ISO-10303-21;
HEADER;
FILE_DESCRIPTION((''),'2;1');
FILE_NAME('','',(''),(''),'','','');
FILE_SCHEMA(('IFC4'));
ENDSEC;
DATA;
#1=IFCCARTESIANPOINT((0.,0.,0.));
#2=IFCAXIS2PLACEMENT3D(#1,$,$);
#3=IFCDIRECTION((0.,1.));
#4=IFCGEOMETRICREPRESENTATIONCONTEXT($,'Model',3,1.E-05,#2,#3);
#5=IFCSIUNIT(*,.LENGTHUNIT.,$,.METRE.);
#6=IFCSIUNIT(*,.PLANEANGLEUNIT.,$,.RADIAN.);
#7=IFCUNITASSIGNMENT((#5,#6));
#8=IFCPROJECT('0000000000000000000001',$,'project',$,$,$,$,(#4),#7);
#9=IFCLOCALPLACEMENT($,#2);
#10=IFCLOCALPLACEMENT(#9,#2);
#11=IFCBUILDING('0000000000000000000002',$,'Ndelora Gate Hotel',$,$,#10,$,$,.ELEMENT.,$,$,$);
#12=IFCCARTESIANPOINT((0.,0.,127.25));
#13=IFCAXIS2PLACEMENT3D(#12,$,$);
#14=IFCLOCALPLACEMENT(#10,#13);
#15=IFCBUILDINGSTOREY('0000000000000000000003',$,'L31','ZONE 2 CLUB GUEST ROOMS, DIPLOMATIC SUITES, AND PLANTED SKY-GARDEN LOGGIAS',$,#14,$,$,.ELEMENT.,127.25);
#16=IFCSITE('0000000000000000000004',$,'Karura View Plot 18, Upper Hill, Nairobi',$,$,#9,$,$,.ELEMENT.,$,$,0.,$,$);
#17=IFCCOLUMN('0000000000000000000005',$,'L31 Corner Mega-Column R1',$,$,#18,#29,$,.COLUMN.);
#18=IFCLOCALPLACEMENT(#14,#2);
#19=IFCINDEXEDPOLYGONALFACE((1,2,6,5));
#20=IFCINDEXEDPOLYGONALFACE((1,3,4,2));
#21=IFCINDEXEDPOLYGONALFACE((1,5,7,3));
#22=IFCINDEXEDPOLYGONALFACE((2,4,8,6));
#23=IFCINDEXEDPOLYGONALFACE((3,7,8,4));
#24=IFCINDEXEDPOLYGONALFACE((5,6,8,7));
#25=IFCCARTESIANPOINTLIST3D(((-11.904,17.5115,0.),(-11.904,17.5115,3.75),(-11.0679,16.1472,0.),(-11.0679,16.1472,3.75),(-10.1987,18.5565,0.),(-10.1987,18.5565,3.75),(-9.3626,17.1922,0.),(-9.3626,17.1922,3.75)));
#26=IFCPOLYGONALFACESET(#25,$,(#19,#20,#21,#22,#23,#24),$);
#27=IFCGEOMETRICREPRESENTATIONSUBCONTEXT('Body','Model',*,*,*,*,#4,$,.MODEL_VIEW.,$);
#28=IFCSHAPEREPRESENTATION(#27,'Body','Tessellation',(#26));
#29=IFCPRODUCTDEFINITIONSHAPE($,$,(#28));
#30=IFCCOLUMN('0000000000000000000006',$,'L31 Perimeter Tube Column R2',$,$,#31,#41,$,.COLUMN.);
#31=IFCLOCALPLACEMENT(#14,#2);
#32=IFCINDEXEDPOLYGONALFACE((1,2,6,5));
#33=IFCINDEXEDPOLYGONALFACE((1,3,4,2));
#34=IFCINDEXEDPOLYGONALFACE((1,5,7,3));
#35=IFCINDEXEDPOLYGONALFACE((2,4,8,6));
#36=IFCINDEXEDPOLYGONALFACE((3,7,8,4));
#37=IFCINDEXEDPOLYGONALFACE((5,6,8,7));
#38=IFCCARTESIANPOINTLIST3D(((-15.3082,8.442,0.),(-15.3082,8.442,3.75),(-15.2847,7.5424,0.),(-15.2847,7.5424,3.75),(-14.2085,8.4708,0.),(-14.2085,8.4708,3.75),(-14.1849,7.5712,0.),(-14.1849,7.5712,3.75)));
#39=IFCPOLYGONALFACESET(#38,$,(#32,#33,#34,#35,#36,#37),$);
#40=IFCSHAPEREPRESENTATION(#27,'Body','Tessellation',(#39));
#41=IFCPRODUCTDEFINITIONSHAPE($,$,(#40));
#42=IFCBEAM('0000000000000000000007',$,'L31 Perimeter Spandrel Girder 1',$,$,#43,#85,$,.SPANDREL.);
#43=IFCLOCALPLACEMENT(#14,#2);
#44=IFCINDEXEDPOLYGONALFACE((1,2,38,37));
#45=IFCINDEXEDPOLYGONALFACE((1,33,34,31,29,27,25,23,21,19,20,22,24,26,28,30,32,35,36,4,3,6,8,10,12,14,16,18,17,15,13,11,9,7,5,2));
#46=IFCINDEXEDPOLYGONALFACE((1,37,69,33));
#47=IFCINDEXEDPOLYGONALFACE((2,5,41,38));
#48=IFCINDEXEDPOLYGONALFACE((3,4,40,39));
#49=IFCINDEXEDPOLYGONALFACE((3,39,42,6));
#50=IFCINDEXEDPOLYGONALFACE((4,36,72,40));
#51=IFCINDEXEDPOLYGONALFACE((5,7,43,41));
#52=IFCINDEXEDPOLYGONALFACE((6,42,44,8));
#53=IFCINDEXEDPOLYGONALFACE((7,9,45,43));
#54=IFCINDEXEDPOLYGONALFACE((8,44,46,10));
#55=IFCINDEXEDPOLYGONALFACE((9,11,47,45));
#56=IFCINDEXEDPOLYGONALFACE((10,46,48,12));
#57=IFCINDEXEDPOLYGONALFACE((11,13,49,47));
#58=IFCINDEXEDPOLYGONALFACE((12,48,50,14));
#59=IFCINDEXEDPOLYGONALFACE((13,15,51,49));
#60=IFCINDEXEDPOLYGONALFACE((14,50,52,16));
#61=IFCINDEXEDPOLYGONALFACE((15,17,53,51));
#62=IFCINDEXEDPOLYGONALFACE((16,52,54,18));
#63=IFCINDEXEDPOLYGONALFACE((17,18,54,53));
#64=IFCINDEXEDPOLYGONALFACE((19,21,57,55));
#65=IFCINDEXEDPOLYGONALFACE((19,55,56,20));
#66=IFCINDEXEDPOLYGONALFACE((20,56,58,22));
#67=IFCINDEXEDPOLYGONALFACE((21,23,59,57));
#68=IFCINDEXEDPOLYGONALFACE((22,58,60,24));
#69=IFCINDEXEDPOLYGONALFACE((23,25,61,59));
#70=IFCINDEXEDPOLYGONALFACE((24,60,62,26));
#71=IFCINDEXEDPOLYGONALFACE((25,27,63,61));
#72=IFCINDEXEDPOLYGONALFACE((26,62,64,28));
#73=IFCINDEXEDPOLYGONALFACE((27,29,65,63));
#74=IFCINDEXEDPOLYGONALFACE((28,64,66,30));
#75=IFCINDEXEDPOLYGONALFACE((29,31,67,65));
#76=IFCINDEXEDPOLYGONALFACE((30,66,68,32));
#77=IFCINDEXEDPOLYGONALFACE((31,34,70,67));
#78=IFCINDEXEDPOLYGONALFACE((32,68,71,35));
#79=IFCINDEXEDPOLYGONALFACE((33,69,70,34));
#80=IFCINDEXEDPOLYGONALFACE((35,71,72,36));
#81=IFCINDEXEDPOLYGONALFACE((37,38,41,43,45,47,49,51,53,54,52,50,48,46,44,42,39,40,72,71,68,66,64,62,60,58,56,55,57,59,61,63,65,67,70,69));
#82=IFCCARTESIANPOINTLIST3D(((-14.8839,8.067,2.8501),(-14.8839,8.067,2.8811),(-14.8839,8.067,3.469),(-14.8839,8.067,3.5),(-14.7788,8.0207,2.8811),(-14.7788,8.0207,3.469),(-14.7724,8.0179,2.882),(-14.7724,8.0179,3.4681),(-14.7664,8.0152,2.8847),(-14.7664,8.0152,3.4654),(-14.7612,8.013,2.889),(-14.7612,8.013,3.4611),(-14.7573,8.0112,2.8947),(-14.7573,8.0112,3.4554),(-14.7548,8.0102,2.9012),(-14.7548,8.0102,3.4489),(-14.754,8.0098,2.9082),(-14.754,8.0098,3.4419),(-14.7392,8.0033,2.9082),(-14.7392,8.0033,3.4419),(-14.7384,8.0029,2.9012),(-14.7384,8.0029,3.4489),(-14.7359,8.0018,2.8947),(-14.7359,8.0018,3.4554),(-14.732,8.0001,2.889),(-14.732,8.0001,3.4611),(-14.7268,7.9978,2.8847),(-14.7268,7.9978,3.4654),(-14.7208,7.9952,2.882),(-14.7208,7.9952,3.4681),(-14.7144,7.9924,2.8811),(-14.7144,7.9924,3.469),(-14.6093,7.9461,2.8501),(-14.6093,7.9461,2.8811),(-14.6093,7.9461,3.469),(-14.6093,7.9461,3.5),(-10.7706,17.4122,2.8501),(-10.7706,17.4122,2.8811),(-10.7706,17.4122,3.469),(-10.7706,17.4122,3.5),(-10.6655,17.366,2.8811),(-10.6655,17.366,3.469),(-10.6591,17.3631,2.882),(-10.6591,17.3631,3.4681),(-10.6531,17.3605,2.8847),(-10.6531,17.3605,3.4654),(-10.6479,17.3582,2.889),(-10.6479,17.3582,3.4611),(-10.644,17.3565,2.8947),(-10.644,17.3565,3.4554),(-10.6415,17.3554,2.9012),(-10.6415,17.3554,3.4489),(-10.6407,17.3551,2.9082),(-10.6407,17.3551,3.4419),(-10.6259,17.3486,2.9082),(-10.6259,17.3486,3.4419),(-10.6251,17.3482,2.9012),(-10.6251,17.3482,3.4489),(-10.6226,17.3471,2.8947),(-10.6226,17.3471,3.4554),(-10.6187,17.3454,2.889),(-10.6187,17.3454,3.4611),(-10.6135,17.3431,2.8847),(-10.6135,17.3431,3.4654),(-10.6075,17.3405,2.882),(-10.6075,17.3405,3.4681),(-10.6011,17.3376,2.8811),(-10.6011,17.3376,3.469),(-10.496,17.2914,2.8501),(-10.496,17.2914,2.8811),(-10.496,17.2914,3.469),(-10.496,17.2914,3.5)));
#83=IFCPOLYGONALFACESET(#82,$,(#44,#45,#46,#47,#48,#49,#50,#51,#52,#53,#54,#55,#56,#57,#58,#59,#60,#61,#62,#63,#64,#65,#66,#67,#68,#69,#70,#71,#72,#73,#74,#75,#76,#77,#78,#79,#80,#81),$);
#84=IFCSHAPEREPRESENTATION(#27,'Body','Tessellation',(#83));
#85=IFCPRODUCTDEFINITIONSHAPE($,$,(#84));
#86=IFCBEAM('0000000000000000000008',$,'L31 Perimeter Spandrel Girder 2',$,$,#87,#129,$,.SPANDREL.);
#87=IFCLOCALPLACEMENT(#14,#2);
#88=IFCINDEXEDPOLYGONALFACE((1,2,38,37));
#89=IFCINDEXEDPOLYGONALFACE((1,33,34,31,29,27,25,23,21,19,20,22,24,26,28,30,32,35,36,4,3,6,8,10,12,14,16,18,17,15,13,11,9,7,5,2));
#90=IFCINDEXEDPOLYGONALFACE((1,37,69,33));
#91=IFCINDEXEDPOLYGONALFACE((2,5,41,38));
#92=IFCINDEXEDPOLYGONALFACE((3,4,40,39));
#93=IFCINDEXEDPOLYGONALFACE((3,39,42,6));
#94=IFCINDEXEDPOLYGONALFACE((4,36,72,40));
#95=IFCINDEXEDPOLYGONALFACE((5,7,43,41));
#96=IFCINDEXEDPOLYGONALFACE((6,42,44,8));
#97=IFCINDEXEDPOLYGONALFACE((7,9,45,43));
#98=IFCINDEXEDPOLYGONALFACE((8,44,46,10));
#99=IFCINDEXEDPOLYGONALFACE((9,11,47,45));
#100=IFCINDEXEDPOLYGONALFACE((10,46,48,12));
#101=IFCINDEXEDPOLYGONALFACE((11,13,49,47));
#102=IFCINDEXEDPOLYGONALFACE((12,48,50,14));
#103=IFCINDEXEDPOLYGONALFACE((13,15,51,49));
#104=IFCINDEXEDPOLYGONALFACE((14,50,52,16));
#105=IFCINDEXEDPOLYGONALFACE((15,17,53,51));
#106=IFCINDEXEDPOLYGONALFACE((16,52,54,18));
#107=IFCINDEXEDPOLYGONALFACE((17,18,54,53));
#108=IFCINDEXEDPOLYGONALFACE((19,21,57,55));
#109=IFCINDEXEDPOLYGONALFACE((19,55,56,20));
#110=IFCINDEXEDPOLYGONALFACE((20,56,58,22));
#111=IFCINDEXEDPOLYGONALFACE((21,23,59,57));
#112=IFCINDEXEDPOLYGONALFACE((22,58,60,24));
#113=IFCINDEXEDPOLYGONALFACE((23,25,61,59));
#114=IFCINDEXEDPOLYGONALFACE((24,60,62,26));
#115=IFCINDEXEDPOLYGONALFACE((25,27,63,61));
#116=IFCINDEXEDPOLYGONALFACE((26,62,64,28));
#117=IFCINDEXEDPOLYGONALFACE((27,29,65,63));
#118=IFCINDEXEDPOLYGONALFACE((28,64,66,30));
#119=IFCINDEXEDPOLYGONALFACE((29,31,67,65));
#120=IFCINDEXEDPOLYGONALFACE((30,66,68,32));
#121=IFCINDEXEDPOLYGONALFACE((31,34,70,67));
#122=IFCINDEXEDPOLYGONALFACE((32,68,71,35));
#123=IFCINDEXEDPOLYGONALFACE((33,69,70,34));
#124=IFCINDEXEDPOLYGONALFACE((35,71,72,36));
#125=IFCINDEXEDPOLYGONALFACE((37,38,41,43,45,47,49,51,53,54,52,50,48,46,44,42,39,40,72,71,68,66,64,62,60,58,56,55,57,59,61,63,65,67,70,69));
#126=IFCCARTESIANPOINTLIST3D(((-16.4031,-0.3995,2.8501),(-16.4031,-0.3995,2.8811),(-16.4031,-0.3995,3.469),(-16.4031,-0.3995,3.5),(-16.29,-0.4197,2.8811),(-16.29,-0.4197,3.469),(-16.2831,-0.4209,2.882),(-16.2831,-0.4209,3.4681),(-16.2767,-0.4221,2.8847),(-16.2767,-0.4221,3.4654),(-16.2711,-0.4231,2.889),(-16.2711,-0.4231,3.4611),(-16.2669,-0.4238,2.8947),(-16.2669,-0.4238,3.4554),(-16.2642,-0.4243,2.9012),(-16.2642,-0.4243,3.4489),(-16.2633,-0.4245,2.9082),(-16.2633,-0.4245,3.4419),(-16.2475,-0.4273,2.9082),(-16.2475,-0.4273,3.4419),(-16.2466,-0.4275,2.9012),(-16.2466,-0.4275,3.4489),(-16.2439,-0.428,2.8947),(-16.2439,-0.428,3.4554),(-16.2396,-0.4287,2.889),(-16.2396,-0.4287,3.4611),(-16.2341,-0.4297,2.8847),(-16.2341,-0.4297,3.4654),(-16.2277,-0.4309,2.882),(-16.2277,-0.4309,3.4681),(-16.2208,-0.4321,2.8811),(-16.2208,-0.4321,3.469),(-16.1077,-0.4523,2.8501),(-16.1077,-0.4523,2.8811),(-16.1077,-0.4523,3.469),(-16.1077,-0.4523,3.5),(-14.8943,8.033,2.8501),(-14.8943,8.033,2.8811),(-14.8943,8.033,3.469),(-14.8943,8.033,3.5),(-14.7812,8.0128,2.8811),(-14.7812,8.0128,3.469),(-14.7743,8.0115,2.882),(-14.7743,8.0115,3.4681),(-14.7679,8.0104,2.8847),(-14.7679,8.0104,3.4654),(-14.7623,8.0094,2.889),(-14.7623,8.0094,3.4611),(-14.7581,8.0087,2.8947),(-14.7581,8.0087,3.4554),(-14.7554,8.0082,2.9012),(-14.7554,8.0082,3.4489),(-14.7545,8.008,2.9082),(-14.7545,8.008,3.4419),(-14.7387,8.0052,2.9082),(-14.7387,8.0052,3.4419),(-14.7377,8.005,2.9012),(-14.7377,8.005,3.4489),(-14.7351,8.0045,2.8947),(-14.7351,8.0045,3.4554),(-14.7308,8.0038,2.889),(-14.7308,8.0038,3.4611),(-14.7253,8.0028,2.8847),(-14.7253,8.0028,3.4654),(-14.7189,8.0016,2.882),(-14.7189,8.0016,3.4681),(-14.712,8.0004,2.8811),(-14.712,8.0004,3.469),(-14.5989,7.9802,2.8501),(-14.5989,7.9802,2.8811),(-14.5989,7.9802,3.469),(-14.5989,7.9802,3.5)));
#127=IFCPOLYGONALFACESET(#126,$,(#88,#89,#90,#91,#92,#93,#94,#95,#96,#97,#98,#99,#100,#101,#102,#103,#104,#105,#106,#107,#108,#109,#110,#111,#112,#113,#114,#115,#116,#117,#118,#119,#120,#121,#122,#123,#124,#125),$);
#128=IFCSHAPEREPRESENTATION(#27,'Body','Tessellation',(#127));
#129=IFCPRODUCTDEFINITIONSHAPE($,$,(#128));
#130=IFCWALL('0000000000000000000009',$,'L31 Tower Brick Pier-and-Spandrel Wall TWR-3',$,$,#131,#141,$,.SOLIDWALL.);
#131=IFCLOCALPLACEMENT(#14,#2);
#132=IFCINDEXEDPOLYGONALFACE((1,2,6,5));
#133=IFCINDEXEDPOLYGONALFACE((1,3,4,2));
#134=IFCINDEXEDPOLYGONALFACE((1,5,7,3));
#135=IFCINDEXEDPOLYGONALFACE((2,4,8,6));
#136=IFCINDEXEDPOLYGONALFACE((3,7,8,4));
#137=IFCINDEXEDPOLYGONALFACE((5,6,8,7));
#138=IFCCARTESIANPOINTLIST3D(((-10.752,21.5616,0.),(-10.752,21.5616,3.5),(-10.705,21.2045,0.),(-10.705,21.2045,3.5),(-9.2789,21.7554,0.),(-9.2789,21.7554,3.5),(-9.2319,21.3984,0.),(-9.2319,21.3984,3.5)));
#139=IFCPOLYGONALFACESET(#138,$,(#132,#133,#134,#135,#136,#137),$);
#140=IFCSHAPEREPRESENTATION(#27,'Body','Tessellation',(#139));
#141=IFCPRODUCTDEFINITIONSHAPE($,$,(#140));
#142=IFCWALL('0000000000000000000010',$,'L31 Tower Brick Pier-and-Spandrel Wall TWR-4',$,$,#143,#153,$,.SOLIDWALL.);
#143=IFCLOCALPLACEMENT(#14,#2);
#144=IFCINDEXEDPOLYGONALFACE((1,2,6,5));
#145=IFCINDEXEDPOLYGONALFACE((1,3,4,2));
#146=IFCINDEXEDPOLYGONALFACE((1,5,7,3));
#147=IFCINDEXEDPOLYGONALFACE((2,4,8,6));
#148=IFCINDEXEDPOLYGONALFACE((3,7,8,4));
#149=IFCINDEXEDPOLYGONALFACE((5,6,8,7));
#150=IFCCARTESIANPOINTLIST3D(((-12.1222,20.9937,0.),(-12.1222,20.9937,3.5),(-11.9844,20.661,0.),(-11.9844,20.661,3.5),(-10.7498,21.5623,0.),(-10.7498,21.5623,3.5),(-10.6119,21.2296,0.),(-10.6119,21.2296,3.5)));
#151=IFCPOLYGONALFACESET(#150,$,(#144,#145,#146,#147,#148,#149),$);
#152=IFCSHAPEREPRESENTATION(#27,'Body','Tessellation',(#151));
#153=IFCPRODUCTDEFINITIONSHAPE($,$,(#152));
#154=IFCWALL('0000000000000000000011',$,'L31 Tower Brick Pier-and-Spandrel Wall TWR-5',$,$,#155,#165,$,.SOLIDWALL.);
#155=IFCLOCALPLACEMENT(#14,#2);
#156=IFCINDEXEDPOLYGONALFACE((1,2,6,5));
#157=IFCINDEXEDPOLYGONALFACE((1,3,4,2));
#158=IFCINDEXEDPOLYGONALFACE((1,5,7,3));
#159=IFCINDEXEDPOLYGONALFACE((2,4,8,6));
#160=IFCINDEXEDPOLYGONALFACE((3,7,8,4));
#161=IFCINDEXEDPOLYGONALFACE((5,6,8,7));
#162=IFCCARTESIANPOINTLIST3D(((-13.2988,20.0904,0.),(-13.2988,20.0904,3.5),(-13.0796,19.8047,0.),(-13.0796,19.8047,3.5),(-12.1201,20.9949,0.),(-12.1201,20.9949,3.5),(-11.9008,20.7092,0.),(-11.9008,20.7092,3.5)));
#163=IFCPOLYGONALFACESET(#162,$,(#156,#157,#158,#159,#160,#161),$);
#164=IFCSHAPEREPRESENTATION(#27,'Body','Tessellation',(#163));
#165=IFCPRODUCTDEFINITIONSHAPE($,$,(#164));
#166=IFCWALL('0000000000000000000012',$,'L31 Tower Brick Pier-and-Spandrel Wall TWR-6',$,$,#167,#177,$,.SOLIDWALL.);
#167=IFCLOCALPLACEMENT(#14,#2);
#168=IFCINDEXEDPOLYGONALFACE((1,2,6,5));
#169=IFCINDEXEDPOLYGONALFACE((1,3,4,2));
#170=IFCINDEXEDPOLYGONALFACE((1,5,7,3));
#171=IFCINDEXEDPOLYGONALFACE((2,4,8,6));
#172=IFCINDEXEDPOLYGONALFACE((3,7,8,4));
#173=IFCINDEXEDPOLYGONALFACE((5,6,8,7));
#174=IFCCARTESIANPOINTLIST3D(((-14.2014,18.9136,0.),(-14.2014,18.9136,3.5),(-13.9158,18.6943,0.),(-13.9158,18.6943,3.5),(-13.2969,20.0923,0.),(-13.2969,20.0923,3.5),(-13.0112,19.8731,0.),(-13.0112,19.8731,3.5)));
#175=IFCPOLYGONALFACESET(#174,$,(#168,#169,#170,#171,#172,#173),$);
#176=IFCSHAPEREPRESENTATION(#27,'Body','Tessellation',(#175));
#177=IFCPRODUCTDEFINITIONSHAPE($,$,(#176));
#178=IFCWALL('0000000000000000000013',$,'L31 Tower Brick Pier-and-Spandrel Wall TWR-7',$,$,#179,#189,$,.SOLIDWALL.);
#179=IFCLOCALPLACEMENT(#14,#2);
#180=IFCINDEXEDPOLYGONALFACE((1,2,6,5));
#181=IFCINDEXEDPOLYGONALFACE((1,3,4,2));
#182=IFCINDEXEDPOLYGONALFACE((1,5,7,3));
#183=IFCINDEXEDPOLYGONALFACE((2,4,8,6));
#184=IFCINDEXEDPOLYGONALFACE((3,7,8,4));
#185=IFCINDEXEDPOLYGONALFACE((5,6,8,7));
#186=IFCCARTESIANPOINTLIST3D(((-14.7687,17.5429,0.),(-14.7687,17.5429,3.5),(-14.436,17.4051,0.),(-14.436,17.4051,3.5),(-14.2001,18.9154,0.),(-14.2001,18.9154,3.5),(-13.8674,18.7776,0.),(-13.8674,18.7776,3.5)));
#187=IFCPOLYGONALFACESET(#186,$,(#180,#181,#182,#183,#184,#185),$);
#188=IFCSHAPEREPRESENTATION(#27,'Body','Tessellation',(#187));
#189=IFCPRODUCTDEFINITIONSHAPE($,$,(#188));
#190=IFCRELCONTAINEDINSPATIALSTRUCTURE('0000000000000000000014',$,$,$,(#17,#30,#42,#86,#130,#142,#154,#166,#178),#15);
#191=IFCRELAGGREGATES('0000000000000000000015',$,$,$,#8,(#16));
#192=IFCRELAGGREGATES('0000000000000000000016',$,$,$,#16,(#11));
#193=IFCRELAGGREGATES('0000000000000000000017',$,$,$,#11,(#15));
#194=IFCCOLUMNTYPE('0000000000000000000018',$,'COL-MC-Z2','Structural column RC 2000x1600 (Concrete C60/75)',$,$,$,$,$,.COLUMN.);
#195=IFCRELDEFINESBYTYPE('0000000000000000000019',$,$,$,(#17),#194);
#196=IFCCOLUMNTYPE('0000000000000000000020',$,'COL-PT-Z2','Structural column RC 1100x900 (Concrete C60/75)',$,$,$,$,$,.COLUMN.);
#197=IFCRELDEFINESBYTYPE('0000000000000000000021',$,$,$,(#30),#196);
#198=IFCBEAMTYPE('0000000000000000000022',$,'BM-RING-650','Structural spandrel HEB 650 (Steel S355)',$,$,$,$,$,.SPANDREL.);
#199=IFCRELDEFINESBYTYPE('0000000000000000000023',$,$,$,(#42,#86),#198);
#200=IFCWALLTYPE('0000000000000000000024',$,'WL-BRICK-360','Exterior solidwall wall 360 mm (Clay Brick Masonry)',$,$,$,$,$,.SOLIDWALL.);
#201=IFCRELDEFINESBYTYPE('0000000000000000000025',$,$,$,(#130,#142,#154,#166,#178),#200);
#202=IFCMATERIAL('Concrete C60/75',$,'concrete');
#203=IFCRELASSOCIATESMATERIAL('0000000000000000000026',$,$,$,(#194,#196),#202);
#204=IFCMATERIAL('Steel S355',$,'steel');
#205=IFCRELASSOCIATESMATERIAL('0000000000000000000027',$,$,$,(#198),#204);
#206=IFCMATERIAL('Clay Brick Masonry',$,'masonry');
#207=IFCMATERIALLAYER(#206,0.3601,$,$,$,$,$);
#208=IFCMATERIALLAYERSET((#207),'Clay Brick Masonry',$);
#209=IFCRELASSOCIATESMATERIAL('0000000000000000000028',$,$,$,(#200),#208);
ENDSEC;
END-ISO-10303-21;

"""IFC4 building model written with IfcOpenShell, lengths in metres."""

from ifc_helpers import new_model, si_unit, direction, frame, frame_2d, origin, origin_2d, place, context, subcontext, project, spatial, rectangle, i_section, extrude, material, layer, layer_set, material_profile, profile_set, type_object, element, save


model = new_model("IFC4")

# Units and contexts
model_context = context("Model", 3, precision=1e-05, world=origin(), true_north=direction((0.0, 1.0)))
body_context = subcontext(model_context, "Body", "Model", "MODEL_VIEW")
ifc_project = project(units=[si_unit("LENGTHUNIT", "METRE"), si_unit("PLANEANGLEUNIT", "RADIAN")], contexts=[model_context])

# Site, building, storey
site_placement = place(None, origin())
site = spatial("IfcSite", under=ifc_project, at=site_placement, Name="Karura View Plot 18, Upper Hill, Nairobi", CompositionType="ELEMENT", RefElevation=0.0)
building_placement = place(site_placement, origin())
building = spatial("IfcBuilding", under=site, at=building_placement, Name="Ndelora Gate Hotel", CompositionType="ELEMENT")
storey_placement = place(building_placement, frame((0.0, 0.0, 127.25)))
storey = spatial("IfcBuildingStorey", under=building, at=storey_placement, Name="L31", Description="ZONE 2 CLUB GUEST ROOMS, DIPLOMATIC SUITES, AND PLANTED SKY-GARDEN LOGGIAS", CompositionType="ELEMENT", Elevation=127.25)

# Columns
ifc_material_1 = material(Name="Concrete C60/75", Category="concrete")
ifc_material_profile_1 = material_profile(ifc_material_1, rectangle(XDim=1.6001, YDim=2.0, at=origin_2d()), Name="RC 2000x1600")
ifc_profile_set_1 = profile_set([ifc_material_profile_1], Name="Concrete C60/75")
column_type_1 = type_object("IfcColumnType", Name="COL-MC-Z2", Description="Structural column RC 2000x1600 (Concrete C60/75)", PredefinedType="COLUMN", material=ifc_profile_set_1)
column_1_placement = place(storey_placement, frame((-10.6333, 17.3518, 0.0), z_axis=(0.0, 0.0, 1.0), x_axis=(-0.522499, 0.85264, 0.0)))
element("IfcColumn", 1, at=column_1_placement, inside=storey, type_object=column_type_1, Name="L31 Corner Mega-Column R1", PredefinedType="COLUMN", context=body_context, shape_type="SweptSolid", body=[
    extrude(rectangle(XDim=1.6001, YDim=2.0, at=origin_2d()), origin(), (0.0, 0.0, 1.0), 3.75),
])
ifc_material_profile_2 = material_profile(ifc_material_1, rectangle(XDim=0.8999, YDim=1.1001, at=origin_2d()), Name="RC 1100x900")
ifc_profile_set_2 = profile_set([ifc_material_profile_2], Name="Concrete C60/75")
column_type_2 = type_object("IfcColumnType", Name="COL-PT-Z2", Description="Structural column RC 1100x900 (Concrete C60/75)", PredefinedType="COLUMN", material=ifc_profile_set_2)
column_2_placement = place(storey_placement, frame((-14.7466, 8.0066, 0.0), z_axis=(0.0, 0.0, 1.0), x_axis=(-0.026177, 0.999657, 0.0)))
element("IfcColumn", 2, at=column_2_placement, inside=storey, type_object=column_type_2, Name="L31 Perimeter Tube Column R2", PredefinedType="COLUMN", context=body_context, shape_type="SweptSolid", body=[
    extrude(rectangle(XDim=0.8999, YDim=1.1001, at=origin_2d()), origin(), (0.0, 0.0, 1.0), 3.75),
])

# Beams
ifc_material_2 = material(Name="Steel S355", Category="steel")
ifc_material_profile_3 = material_profile(ifc_material_2, i_section(OverallWidth=0.3, OverallDepth=0.6499, WebThickness=0.0161, FlangeThickness=0.031, FilletRadius=0.0271, at=origin_2d()), Name="HEB 650")
ifc_profile_set_3 = profile_set([ifc_material_profile_3], Name="Steel S355")
beam_type = type_object("IfcBeamType", Name="BM-RING-650", Description="Structural spandrel HEB 650 (Steel S355)", PredefinedType="SPANDREL", material=ifc_profile_set_3)
beam_1_placement = place(storey_placement, frame((-10.6333, 17.3518, 3.175), z_axis=(-0.402852, -0.915265, 0.0), x_axis=(0.915265, -0.402852, 0.0)))
element("IfcBeam", 3, at=beam_1_placement, inside=storey, type_object=beam_type, Name="L31 Perimeter Spandrel Girder 1", PredefinedType="SPANDREL", context=body_context, shape_type="SweptSolid", body=[
    extrude(i_section(OverallWidth=0.3, OverallDepth=0.6499, WebThickness=0.0161, FlangeThickness=0.031, FilletRadius=0.0271, at=origin_2d()), origin(), (0.0, 0.0, 1.0), 10.2104),
])
beam_2_placement = place(storey_placement, frame((-14.7466, 8.0066, 3.175), z_axis=(-0.176131, -0.984367, 0.0), x_axis=(0.984367, -0.176131, 0.0)))
element("IfcBeam", 4, at=beam_2_placement, inside=storey, type_object=beam_type, Name="L31 Perimeter Spandrel Girder 2", PredefinedType="SPANDREL", context=body_context, shape_type="SweptSolid", body=[
    extrude(i_section(OverallWidth=0.3, OverallDepth=0.6499, WebThickness=0.0161, FlangeThickness=0.031, FilletRadius=0.0271, at=origin_2d()), origin(), (0.0, 0.0, 1.0), 8.5664),
])

# Walls
ifc_material_3 = material(Name="Clay Brick Masonry", Category="masonry")
ifc_layer_1 = layer(ifc_material_3, 0.3601)
ifc_layer_set_1 = layer_set([ifc_layer_1], Name="Clay Brick Masonry")
wall_type_1 = type_object("IfcWallType", Name="WL-BRICK-360", Description="Exterior solidwall wall 360 mm (Clay Brick Masonry)", PredefinedType="SOLIDWALL", material=ifc_layer_set_1)
wall_1_placement = place(storey_placement, frame((-10.7285, 21.3831, 0.0), z_axis=(0.0, 0.0, 1.0), x_axis=(0.991453, 0.130463, 0.0)))
element("IfcWall", 5, at=wall_1_placement, inside=storey, type_object=wall_type_1, Name="L31 Tower Brick Pier-and-Spandrel Wall TWR-3", PredefinedType="SOLIDWALL", context=body_context, shape_type="SweptSolid", body=[
    extrude(rectangle(XDim=1.4858, YDim=0.3601, at=frame_2d((0.7429, 0.0))), origin(), (0.0, 0.0, 1.0), 3.5),
])
wall_2_placement = place(storey_placement, frame((-12.0532, 20.8274, 0.0), z_axis=(0.0, 0.0, 1.0), x_axis=(0.923863, 0.382724, 0.0)))
element("IfcWall", 6, at=wall_2_placement, inside=storey, type_object=wall_type_1, Name="L31 Tower Brick Pier-and-Spandrel Wall TWR-4", PredefinedType="SOLIDWALL", context=body_context, shape_type="SweptSolid", body=[
    extrude(rectangle(XDim=1.4856, YDim=0.3601, at=frame_2d((0.7427, 0.0))), origin(), (0.0, 0.0, 1.0), 3.5),
])
for number, where, z_axis, x_axis, name in (
    (7, (-13.1892, 19.9475, 0.0), (0.0, 0.0, 1.0), (0.793326, 0.608797, 0.0), "L31 Tower Brick Pier-and-Spandrel Wall TWR-5"),
    (8, (-14.0586, 18.804, 0.0), (0.0, 0.0, 1.0), (0.608797, 0.793326, 0.0), "L31 Tower Brick Pier-and-Spandrel Wall TWR-6"),
):
    element("IfcWall", number, at=place(storey_placement, frame(where, z_axis=z_axis, x_axis=x_axis)), inside=storey, type_object=wall_type_1, Name=name, PredefinedType="SOLIDWALL", context=body_context, shape_type="SweptSolid", body=[
        extrude(rectangle(XDim=1.4858, YDim=0.3601, at=frame_2d((0.7429, 0.0))), origin(), (0.0, 0.0, 1.0), 3.5),
    ])
wall_3_placement = place(storey_placement, frame((-14.6023, 17.4741, 0.0), z_axis=(0.0, 0.0, 1.0), x_axis=(0.382724, 0.923863, 0.0)))
element("IfcWall", 9, at=wall_3_placement, inside=storey, type_object=wall_type_1, Name="L31 Tower Brick Pier-and-Spandrel Wall TWR-7", PredefinedType="SOLIDWALL", context=body_context, shape_type="SweptSolid", body=[
    extrude(rectangle(XDim=1.4856, YDim=0.3601, at=frame_2d((0.7427, 0.0))), origin(), (0.0, 0.0, 1.0), 3.5),
])

save(model, "model.ifc")
